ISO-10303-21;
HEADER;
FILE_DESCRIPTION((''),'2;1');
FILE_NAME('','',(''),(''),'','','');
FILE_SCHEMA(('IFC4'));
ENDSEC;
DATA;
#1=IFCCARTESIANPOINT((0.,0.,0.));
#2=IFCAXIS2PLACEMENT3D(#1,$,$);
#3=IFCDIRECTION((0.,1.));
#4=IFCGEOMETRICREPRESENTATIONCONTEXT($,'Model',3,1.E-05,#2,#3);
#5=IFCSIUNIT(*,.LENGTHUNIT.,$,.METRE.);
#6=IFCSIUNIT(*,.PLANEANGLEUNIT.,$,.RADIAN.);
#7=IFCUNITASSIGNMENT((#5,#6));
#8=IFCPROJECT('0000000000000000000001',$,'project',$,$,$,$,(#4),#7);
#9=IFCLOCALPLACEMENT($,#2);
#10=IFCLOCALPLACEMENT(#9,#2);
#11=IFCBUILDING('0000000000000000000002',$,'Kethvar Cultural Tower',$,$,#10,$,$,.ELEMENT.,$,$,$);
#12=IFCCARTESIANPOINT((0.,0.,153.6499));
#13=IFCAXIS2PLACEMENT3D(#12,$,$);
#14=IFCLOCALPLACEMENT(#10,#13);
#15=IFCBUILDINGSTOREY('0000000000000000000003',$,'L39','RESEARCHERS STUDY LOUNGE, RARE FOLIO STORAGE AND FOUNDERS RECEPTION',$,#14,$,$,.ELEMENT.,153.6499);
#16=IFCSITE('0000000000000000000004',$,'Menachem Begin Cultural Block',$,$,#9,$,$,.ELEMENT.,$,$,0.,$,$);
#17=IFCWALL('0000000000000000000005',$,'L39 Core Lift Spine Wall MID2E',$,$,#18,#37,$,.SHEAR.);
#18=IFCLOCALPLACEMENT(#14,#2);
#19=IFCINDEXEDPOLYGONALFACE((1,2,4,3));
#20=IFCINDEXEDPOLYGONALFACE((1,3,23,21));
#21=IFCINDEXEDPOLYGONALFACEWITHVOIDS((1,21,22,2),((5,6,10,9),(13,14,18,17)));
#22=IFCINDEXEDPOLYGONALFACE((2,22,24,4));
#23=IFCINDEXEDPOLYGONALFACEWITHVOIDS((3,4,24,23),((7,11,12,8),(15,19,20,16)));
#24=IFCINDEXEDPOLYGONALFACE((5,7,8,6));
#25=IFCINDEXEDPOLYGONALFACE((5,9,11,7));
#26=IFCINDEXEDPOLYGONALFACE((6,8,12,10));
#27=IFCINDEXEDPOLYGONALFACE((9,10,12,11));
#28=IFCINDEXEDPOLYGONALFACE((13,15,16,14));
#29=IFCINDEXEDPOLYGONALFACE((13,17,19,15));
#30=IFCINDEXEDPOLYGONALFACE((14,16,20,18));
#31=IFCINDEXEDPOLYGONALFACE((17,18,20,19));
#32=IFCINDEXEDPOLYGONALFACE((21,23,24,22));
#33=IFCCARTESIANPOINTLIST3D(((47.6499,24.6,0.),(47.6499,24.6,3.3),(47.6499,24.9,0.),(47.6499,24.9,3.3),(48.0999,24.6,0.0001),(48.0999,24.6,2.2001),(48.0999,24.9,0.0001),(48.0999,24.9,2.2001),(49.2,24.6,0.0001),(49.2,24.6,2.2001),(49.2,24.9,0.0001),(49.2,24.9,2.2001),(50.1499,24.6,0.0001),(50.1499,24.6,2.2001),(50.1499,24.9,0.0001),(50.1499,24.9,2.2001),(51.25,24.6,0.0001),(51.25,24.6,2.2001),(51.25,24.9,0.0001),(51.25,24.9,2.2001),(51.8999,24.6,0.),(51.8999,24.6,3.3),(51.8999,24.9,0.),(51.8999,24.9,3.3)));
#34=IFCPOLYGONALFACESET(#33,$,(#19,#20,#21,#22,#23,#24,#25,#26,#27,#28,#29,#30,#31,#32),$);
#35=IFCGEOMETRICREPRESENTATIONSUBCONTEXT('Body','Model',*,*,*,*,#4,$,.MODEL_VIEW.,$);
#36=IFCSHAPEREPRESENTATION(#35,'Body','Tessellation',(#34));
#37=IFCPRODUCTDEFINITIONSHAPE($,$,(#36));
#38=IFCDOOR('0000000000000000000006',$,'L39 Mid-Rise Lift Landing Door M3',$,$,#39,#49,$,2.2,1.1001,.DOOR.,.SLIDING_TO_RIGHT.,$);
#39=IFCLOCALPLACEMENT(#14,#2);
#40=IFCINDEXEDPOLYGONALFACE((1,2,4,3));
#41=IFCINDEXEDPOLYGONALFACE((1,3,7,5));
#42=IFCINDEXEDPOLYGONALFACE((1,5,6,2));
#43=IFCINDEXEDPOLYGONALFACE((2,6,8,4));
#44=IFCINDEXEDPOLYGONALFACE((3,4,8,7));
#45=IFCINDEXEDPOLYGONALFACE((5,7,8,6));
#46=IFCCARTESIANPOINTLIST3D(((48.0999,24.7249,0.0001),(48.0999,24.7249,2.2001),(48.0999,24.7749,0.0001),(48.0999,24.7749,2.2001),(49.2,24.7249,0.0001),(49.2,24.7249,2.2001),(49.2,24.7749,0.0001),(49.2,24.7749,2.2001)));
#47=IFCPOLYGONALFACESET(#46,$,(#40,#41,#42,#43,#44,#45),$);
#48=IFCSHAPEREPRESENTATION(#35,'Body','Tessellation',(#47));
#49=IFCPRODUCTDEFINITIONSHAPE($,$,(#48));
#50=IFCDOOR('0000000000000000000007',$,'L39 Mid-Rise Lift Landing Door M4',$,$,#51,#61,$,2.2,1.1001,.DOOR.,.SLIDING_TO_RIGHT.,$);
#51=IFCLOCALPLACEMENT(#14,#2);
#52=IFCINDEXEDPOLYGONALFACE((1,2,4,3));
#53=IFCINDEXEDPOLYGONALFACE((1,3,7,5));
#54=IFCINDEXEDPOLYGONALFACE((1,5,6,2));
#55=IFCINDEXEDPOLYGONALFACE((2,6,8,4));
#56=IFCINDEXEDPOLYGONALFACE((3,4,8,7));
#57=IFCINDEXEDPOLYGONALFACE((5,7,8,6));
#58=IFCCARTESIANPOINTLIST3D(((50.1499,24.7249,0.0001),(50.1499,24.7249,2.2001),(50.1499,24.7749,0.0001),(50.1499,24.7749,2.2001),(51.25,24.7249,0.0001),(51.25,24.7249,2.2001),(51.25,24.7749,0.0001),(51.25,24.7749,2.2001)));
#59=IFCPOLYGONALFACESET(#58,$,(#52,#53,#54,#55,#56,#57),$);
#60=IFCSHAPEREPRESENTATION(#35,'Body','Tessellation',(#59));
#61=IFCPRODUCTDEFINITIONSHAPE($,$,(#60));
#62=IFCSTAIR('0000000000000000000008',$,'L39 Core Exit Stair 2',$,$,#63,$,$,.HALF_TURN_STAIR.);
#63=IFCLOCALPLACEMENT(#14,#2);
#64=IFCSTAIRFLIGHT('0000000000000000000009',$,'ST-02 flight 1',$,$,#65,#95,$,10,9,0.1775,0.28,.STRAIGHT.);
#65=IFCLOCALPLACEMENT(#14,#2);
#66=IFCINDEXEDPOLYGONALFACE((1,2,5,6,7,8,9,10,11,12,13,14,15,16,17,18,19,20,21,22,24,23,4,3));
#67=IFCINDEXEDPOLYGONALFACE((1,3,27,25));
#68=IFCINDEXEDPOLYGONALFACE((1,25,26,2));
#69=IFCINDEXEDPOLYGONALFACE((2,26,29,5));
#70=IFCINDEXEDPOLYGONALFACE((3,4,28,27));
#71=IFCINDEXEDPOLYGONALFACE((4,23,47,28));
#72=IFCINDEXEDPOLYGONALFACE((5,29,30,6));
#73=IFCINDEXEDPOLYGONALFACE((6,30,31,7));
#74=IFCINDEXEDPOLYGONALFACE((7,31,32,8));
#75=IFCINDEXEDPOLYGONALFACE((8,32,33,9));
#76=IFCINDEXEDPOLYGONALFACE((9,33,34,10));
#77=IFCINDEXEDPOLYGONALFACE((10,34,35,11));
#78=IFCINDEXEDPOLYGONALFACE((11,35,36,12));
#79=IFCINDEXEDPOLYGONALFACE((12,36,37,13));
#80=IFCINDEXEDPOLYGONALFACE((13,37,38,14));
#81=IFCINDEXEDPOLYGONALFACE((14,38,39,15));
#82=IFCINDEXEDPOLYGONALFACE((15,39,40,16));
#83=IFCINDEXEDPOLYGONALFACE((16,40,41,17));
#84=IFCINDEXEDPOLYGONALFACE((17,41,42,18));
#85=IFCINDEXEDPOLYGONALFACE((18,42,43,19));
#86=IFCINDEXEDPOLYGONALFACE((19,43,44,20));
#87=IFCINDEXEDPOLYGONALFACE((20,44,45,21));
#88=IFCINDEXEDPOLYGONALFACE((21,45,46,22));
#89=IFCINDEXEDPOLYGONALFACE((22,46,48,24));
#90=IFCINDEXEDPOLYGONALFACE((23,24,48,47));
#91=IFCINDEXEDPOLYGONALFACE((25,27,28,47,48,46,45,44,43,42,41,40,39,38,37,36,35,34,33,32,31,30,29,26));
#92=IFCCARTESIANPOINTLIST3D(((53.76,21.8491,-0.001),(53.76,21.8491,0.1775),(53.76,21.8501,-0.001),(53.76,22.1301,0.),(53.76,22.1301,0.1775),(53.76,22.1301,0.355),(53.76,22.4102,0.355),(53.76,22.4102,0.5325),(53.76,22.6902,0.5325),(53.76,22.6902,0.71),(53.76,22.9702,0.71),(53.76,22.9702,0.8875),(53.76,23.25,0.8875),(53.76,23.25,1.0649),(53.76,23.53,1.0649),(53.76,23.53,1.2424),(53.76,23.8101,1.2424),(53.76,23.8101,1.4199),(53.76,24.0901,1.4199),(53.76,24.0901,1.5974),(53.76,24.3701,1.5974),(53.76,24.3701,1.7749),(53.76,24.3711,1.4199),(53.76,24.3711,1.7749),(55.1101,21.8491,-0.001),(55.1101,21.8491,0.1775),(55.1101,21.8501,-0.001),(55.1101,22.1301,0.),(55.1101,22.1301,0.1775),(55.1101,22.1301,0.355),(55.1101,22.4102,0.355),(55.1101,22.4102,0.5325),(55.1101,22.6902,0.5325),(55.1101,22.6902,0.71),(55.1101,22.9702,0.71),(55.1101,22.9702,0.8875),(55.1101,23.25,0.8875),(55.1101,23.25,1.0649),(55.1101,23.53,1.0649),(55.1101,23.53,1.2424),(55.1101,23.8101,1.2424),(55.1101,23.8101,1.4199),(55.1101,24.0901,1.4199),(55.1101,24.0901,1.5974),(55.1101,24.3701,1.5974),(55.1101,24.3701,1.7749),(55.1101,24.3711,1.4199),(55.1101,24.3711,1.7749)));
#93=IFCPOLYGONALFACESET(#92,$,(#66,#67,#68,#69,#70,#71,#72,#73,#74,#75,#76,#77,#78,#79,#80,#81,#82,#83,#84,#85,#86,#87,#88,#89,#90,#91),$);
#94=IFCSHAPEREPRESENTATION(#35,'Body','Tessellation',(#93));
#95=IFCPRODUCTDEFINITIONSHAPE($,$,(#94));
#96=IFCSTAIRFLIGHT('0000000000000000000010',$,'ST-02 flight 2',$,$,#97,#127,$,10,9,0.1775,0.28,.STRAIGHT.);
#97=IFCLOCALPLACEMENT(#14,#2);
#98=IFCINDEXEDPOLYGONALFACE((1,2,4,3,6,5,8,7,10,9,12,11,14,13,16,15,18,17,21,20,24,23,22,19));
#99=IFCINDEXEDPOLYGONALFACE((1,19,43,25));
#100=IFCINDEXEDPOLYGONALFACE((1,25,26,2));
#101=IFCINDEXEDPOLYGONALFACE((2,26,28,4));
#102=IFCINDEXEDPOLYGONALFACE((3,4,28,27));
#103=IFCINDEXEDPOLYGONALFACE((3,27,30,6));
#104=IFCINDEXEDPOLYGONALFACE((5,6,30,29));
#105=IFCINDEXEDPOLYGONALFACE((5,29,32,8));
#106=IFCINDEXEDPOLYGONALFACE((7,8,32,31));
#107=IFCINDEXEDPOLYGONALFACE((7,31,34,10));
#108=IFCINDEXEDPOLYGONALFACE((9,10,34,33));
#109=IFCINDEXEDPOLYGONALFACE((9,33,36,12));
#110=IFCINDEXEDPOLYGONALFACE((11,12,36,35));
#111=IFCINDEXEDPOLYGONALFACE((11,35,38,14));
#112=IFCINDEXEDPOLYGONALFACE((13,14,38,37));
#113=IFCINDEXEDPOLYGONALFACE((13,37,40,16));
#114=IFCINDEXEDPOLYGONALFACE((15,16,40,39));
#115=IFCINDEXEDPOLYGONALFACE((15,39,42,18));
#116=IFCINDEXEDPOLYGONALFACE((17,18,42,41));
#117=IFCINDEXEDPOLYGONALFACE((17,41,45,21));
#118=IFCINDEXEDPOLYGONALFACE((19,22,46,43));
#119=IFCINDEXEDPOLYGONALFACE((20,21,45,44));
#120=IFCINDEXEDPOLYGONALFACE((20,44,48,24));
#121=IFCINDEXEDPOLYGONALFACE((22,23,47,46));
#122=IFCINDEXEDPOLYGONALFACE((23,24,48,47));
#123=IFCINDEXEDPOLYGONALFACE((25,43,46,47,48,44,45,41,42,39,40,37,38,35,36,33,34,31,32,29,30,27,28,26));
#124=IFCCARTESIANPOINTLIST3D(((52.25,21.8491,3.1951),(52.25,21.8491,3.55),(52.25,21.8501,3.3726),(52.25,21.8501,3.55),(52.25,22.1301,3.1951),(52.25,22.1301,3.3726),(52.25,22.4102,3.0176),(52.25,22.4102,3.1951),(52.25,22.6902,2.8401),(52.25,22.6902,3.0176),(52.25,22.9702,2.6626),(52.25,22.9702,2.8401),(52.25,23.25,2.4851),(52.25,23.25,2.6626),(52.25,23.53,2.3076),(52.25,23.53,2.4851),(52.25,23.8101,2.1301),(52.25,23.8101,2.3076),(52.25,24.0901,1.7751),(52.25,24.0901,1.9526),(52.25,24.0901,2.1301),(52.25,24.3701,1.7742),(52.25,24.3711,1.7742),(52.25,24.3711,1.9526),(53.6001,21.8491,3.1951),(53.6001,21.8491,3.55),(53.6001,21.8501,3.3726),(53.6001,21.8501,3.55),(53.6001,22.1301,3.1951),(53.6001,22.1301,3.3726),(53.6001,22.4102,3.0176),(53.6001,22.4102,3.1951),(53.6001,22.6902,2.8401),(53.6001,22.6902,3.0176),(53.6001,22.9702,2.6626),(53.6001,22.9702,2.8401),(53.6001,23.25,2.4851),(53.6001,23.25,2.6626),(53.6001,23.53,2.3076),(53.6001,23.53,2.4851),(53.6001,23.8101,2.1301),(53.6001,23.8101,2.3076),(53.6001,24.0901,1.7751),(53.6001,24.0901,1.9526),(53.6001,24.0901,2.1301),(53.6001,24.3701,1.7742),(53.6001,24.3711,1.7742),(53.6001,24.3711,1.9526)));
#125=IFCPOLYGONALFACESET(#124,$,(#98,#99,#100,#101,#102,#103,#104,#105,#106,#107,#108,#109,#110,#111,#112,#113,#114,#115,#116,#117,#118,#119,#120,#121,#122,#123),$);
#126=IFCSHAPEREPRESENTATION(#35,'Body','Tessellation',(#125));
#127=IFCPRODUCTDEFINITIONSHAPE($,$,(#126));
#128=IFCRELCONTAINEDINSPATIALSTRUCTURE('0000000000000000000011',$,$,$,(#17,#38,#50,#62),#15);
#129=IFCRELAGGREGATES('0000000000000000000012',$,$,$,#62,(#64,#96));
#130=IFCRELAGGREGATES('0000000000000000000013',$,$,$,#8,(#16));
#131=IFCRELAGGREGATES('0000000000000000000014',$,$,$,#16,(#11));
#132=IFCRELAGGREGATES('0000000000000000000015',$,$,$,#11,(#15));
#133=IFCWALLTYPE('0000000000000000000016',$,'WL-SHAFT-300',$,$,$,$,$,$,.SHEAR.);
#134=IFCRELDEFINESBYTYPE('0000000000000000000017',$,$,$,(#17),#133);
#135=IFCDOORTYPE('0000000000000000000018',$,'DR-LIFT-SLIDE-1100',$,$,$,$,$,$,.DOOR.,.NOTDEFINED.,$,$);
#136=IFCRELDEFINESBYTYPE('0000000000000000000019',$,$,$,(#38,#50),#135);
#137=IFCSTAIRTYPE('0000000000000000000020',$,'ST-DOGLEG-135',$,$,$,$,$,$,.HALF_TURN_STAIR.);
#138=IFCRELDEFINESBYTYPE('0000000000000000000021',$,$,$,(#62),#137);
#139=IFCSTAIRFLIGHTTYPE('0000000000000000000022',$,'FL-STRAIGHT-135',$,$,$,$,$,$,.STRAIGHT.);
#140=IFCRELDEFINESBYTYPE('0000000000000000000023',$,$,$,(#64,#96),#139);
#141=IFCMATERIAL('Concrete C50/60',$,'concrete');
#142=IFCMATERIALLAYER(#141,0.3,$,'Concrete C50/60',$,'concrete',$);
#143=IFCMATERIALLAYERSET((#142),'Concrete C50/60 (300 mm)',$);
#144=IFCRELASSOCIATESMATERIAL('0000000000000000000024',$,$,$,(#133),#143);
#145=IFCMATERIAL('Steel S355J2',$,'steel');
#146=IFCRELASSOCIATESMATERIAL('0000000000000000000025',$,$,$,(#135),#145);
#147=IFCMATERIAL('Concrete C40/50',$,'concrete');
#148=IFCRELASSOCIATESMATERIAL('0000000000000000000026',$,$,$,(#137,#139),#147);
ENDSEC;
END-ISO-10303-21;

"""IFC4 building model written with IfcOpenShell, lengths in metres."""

from ifc_helpers import new_model, si_unit, direction, frame, frame_2d, origin, place, context, subcontext, project, spatial, polyline, rectangle, outline, extrude, source, transform, mapped, material, layer, layer_set, type_object, element, fill, aggregate, save


model = new_model("IFC4")

# Units and contexts
model_context = context("Model", 3, precision=1e-05, world=origin(), true_north=direction((0.0, 1.0)))
body_context = subcontext(model_context, "Body", "Model", "MODEL_VIEW")
ifc_project = project(units=[si_unit("LENGTHUNIT", "METRE"), si_unit("PLANEANGLEUNIT", "RADIAN")], contexts=[model_context])

# Site, building, storey
site_placement = place(None, origin())
site = spatial("IfcSite", under=ifc_project, at=site_placement, Name="Menachem Begin Cultural Block", CompositionType="ELEMENT", RefElevation=0.0)
building_placement = place(site_placement, origin())
building = spatial("IfcBuilding", under=site, at=building_placement, Name="Kethvar Cultural Tower", CompositionType="ELEMENT")
storey_placement = place(building_placement, frame((0.0, 0.0, 153.6499)))
storey = spatial("IfcBuildingStorey", under=building, at=storey_placement, Name="L39", Description="RESEARCHERS STUDY LOUNGE, RARE FOLIO STORAGE AND FOUNDERS RECEPTION", CompositionType="ELEMENT", Elevation=153.6499)

# Shared definitions
ifc_material_1 = material(Name="Steel S355J2", Category="steel")

# Shared definitions
ifc_material_2 = material(Name="Concrete C50/60", Category="concrete")
ifc_layer_1 = layer(ifc_material_2, 0.3, Name="Concrete C50/60", Category="concrete")
ifc_layer_set_1 = layer_set([ifc_layer_1], Name="Concrete C50/60 (300 mm)")
wall_type_1 = type_object("IfcWallType", Name="WL-SHAFT-300", PredefinedType="SHEAR", material=ifc_layer_set_1)

# Wall, openings, doors
wall_1_placement = place(storey_placement, frame((47.6499, 24.75, 0.0), z_axis=(0.0, 0.0, 1.0), x_axis=(1.0, 0.0, 0.0)))
wall_1 = element("IfcWall", 1, at=wall_1_placement, inside=storey, type_object=wall_type_1, Name="L39 Core Lift Spine Wall MID2E", PredefinedType="SHEAR", context=body_context, shape_type="SweptSolid", body=[
    extrude(rectangle(XDim=4.25, YDim=0.3, at=frame_2d((2.125, 0.0))), origin(), (0.0, 0.0, 1.0), 3.3),
])
opening_1_placement = place(wall_1_placement, frame((0.45, 0.0, 0.0)))
opening_1 = element("IfcOpeningElement", 2, at=opening_1_placement, cuts=wall_1, PredefinedType="OPENING", context=body_context, shape_type="SweptSolid", body=[
    extrude(rectangle(XDim=1.1001, YDim=2.2, at=frame_2d((0.55, 1.1001))), frame((0.0, 0.1599, 0.0), z_axis=(0.0, -1.0, 0.0), x_axis=(1.0, 0.0, 0.0)), (0.0, 0.0, 1.0), 0.3201),
])
opening_2_placement = place(wall_1_placement, frame((2.5, 0.0, 0.0)))
opening_2 = element("IfcOpeningElement", 3, at=opening_2_placement, cuts=wall_1, PredefinedType="OPENING", context=body_context, shape_type="SweptSolid", body=[
    extrude(rectangle(XDim=1.1001, YDim=2.2, at=frame_2d((0.55, 1.1001))), frame((0.0, 0.1599, 0.0), z_axis=(0.0, -1.0, 0.0), x_axis=(1.0, 0.0, 0.0)), (0.0, 0.0, 1.0), 0.3201),
])
door_type_1 = type_object("IfcDoorType", Name="DR-LIFT-SLIDE-1100", OperationType="NOTDEFINED", PredefinedType="DOOR", material=ifc_material_1)
shared_shape_1 = source(origin(), body_context, "Body", "SweptSolid", [
    extrude(rectangle(XDim=1.1001, YDim=2.2, at=frame_2d((0.55, 1.1001))), frame((0.0, 0.0249, 0.0), z_axis=(0.0, -1.0, 0.0), x_axis=(1.0, 0.0, 0.0)), (0.0, 0.0, 1.0), 0.05),
])
door_1_placement = place(opening_1_placement, origin())
door_1 = element("IfcDoor", 4, at=door_1_placement, inside=storey, type_object=door_type_1, Name="L39 Mid-Rise Lift Landing Door M3", OperationType="SLIDING_TO_RIGHT", OverallHeight=2.2, OverallWidth=1.1001, PredefinedType="DOOR", context=body_context, shape_type="MappedRepresentation", body=[
    mapped(shared_shape_1, transform((0.0, 0.0, 0.0), scale=1.0)),
])
fill(opening_1, door_1)
door_2_placement = place(opening_2_placement, origin())
door_2 = element("IfcDoor", 5, at=door_2_placement, inside=storey, type_object=door_type_1, Name="L39 Mid-Rise Lift Landing Door M4", OperationType="SLIDING_TO_RIGHT", OverallHeight=2.2, OverallWidth=1.1001, PredefinedType="DOOR", context=body_context, shape_type="MappedRepresentation", body=[
    mapped(shared_shape_1, transform((0.0, 0.0, 0.0), scale=1.0)),
])
fill(opening_2, door_2)

# Stair, stair flights
ifc_material_3 = material(Name="Concrete C40/50", Category="concrete")
stair_type = type_object("IfcStairType", Name="ST-DOGLEG-135", PredefinedType="HALF_TURN_STAIR", material=ifc_material_3)
stair_placement = place(storey_placement, origin())
stair = element("IfcStair", 6, at=stair_placement, inside=storey, type_object=stair_type, Name="L39 Core Exit Stair 2", PredefinedType="HALF_TURN_STAIR")
stair_flight_type = type_object("IfcStairFlightType", Name="FL-STRAIGHT-135", PredefinedType="STRAIGHT", material=ifc_material_3)
stair_flight_1_placement = place(storey_placement, frame((54.4351, 21.8501, 0.0), z_axis=(0.0, 0.0, 1.0), x_axis=(0.0, 1.0, 0.0)))
stair_flight_1 = element("IfcStairFlight", 7, at=stair_flight_1_placement, type_object=stair_flight_type, Name="ST-02 flight 1", NumberOfRisers=10, NumberOfTreads=9, PredefinedType="STRAIGHT", RiserHeight=0.1775, TreadLength=0.28, context=body_context, shape_type="SweptSolid", body=[
    extrude(outline(polyline([(-0.001, -0.001), (-0.001, 0.1775), (0.28, 0.1775), (0.28, 0.355), (0.5601, 0.355), (0.5601, 0.5325), (0.8401, 0.5325), (0.8401, 0.71), (1.1201, 0.71), (1.1201, 0.8875), (1.3999, 0.8875), (1.3999, 1.0649), (1.6799, 1.0649), (1.6799, 1.2424), (1.96, 1.2424), (1.96, 1.4199), (2.24, 1.4199), (2.24, 1.5974), (2.52, 1.5974), (2.52, 1.7749), (2.521, 1.7749), (2.521, 1.4199), (0.28, 0.0), (0.0, -0.001), (-0.001, -0.001)])), frame((0.0, 0.675, 0.0), z_axis=(0.0, -1.0, 0.0), x_axis=(1.0, 0.0, 0.0)), (0.0, 0.0, 1.0), 1.3501),
])
stair_flight_2_placement = place(storey_placement, frame((52.925, 24.3701, 1.7751), z_axis=(0.0, 0.0, 1.0), x_axis=(0.0, -1.0, 0.0)))
stair_flight_2 = element("IfcStairFlight", 8, at=stair_flight_2_placement, type_object=stair_flight_type, Name="ST-02 flight 2", NumberOfRisers=10, NumberOfTreads=9, PredefinedType="STRAIGHT", RiserHeight=0.1775, TreadLength=0.28, context=body_context, shape_type="SweptSolid", body=[
    extrude(outline(polyline([(-0.001, -0.001), (-0.001, 0.1775), (0.28, 0.1775), (0.28, 0.355), (0.5601, 0.355), (0.5601, 0.5325), (0.8401, 0.5325), (0.8401, 0.71), (1.1201, 0.71), (1.1201, 0.8875), (1.3999, 0.8875), (1.3999, 1.0649), (1.6799, 1.0649), (1.6799, 1.2424), (1.96, 1.2424), (1.96, 1.4199), (2.24, 1.4199), (2.24, 1.5974), (2.52, 1.5974), (2.52, 1.7749), (2.521, 1.7749), (2.521, 1.4199), (0.28, 0.0), (0.0, -0.001), (-0.001, -0.001)])), frame((0.0, 0.675, 0.0), z_axis=(0.0, -1.0, 0.0), x_axis=(1.0, 0.0, 0.0)), (0.0, 0.0, 1.0), 1.3501),
])
aggregate(stair, [stair_flight_1, stair_flight_2])

save(model, "model.ifc")
